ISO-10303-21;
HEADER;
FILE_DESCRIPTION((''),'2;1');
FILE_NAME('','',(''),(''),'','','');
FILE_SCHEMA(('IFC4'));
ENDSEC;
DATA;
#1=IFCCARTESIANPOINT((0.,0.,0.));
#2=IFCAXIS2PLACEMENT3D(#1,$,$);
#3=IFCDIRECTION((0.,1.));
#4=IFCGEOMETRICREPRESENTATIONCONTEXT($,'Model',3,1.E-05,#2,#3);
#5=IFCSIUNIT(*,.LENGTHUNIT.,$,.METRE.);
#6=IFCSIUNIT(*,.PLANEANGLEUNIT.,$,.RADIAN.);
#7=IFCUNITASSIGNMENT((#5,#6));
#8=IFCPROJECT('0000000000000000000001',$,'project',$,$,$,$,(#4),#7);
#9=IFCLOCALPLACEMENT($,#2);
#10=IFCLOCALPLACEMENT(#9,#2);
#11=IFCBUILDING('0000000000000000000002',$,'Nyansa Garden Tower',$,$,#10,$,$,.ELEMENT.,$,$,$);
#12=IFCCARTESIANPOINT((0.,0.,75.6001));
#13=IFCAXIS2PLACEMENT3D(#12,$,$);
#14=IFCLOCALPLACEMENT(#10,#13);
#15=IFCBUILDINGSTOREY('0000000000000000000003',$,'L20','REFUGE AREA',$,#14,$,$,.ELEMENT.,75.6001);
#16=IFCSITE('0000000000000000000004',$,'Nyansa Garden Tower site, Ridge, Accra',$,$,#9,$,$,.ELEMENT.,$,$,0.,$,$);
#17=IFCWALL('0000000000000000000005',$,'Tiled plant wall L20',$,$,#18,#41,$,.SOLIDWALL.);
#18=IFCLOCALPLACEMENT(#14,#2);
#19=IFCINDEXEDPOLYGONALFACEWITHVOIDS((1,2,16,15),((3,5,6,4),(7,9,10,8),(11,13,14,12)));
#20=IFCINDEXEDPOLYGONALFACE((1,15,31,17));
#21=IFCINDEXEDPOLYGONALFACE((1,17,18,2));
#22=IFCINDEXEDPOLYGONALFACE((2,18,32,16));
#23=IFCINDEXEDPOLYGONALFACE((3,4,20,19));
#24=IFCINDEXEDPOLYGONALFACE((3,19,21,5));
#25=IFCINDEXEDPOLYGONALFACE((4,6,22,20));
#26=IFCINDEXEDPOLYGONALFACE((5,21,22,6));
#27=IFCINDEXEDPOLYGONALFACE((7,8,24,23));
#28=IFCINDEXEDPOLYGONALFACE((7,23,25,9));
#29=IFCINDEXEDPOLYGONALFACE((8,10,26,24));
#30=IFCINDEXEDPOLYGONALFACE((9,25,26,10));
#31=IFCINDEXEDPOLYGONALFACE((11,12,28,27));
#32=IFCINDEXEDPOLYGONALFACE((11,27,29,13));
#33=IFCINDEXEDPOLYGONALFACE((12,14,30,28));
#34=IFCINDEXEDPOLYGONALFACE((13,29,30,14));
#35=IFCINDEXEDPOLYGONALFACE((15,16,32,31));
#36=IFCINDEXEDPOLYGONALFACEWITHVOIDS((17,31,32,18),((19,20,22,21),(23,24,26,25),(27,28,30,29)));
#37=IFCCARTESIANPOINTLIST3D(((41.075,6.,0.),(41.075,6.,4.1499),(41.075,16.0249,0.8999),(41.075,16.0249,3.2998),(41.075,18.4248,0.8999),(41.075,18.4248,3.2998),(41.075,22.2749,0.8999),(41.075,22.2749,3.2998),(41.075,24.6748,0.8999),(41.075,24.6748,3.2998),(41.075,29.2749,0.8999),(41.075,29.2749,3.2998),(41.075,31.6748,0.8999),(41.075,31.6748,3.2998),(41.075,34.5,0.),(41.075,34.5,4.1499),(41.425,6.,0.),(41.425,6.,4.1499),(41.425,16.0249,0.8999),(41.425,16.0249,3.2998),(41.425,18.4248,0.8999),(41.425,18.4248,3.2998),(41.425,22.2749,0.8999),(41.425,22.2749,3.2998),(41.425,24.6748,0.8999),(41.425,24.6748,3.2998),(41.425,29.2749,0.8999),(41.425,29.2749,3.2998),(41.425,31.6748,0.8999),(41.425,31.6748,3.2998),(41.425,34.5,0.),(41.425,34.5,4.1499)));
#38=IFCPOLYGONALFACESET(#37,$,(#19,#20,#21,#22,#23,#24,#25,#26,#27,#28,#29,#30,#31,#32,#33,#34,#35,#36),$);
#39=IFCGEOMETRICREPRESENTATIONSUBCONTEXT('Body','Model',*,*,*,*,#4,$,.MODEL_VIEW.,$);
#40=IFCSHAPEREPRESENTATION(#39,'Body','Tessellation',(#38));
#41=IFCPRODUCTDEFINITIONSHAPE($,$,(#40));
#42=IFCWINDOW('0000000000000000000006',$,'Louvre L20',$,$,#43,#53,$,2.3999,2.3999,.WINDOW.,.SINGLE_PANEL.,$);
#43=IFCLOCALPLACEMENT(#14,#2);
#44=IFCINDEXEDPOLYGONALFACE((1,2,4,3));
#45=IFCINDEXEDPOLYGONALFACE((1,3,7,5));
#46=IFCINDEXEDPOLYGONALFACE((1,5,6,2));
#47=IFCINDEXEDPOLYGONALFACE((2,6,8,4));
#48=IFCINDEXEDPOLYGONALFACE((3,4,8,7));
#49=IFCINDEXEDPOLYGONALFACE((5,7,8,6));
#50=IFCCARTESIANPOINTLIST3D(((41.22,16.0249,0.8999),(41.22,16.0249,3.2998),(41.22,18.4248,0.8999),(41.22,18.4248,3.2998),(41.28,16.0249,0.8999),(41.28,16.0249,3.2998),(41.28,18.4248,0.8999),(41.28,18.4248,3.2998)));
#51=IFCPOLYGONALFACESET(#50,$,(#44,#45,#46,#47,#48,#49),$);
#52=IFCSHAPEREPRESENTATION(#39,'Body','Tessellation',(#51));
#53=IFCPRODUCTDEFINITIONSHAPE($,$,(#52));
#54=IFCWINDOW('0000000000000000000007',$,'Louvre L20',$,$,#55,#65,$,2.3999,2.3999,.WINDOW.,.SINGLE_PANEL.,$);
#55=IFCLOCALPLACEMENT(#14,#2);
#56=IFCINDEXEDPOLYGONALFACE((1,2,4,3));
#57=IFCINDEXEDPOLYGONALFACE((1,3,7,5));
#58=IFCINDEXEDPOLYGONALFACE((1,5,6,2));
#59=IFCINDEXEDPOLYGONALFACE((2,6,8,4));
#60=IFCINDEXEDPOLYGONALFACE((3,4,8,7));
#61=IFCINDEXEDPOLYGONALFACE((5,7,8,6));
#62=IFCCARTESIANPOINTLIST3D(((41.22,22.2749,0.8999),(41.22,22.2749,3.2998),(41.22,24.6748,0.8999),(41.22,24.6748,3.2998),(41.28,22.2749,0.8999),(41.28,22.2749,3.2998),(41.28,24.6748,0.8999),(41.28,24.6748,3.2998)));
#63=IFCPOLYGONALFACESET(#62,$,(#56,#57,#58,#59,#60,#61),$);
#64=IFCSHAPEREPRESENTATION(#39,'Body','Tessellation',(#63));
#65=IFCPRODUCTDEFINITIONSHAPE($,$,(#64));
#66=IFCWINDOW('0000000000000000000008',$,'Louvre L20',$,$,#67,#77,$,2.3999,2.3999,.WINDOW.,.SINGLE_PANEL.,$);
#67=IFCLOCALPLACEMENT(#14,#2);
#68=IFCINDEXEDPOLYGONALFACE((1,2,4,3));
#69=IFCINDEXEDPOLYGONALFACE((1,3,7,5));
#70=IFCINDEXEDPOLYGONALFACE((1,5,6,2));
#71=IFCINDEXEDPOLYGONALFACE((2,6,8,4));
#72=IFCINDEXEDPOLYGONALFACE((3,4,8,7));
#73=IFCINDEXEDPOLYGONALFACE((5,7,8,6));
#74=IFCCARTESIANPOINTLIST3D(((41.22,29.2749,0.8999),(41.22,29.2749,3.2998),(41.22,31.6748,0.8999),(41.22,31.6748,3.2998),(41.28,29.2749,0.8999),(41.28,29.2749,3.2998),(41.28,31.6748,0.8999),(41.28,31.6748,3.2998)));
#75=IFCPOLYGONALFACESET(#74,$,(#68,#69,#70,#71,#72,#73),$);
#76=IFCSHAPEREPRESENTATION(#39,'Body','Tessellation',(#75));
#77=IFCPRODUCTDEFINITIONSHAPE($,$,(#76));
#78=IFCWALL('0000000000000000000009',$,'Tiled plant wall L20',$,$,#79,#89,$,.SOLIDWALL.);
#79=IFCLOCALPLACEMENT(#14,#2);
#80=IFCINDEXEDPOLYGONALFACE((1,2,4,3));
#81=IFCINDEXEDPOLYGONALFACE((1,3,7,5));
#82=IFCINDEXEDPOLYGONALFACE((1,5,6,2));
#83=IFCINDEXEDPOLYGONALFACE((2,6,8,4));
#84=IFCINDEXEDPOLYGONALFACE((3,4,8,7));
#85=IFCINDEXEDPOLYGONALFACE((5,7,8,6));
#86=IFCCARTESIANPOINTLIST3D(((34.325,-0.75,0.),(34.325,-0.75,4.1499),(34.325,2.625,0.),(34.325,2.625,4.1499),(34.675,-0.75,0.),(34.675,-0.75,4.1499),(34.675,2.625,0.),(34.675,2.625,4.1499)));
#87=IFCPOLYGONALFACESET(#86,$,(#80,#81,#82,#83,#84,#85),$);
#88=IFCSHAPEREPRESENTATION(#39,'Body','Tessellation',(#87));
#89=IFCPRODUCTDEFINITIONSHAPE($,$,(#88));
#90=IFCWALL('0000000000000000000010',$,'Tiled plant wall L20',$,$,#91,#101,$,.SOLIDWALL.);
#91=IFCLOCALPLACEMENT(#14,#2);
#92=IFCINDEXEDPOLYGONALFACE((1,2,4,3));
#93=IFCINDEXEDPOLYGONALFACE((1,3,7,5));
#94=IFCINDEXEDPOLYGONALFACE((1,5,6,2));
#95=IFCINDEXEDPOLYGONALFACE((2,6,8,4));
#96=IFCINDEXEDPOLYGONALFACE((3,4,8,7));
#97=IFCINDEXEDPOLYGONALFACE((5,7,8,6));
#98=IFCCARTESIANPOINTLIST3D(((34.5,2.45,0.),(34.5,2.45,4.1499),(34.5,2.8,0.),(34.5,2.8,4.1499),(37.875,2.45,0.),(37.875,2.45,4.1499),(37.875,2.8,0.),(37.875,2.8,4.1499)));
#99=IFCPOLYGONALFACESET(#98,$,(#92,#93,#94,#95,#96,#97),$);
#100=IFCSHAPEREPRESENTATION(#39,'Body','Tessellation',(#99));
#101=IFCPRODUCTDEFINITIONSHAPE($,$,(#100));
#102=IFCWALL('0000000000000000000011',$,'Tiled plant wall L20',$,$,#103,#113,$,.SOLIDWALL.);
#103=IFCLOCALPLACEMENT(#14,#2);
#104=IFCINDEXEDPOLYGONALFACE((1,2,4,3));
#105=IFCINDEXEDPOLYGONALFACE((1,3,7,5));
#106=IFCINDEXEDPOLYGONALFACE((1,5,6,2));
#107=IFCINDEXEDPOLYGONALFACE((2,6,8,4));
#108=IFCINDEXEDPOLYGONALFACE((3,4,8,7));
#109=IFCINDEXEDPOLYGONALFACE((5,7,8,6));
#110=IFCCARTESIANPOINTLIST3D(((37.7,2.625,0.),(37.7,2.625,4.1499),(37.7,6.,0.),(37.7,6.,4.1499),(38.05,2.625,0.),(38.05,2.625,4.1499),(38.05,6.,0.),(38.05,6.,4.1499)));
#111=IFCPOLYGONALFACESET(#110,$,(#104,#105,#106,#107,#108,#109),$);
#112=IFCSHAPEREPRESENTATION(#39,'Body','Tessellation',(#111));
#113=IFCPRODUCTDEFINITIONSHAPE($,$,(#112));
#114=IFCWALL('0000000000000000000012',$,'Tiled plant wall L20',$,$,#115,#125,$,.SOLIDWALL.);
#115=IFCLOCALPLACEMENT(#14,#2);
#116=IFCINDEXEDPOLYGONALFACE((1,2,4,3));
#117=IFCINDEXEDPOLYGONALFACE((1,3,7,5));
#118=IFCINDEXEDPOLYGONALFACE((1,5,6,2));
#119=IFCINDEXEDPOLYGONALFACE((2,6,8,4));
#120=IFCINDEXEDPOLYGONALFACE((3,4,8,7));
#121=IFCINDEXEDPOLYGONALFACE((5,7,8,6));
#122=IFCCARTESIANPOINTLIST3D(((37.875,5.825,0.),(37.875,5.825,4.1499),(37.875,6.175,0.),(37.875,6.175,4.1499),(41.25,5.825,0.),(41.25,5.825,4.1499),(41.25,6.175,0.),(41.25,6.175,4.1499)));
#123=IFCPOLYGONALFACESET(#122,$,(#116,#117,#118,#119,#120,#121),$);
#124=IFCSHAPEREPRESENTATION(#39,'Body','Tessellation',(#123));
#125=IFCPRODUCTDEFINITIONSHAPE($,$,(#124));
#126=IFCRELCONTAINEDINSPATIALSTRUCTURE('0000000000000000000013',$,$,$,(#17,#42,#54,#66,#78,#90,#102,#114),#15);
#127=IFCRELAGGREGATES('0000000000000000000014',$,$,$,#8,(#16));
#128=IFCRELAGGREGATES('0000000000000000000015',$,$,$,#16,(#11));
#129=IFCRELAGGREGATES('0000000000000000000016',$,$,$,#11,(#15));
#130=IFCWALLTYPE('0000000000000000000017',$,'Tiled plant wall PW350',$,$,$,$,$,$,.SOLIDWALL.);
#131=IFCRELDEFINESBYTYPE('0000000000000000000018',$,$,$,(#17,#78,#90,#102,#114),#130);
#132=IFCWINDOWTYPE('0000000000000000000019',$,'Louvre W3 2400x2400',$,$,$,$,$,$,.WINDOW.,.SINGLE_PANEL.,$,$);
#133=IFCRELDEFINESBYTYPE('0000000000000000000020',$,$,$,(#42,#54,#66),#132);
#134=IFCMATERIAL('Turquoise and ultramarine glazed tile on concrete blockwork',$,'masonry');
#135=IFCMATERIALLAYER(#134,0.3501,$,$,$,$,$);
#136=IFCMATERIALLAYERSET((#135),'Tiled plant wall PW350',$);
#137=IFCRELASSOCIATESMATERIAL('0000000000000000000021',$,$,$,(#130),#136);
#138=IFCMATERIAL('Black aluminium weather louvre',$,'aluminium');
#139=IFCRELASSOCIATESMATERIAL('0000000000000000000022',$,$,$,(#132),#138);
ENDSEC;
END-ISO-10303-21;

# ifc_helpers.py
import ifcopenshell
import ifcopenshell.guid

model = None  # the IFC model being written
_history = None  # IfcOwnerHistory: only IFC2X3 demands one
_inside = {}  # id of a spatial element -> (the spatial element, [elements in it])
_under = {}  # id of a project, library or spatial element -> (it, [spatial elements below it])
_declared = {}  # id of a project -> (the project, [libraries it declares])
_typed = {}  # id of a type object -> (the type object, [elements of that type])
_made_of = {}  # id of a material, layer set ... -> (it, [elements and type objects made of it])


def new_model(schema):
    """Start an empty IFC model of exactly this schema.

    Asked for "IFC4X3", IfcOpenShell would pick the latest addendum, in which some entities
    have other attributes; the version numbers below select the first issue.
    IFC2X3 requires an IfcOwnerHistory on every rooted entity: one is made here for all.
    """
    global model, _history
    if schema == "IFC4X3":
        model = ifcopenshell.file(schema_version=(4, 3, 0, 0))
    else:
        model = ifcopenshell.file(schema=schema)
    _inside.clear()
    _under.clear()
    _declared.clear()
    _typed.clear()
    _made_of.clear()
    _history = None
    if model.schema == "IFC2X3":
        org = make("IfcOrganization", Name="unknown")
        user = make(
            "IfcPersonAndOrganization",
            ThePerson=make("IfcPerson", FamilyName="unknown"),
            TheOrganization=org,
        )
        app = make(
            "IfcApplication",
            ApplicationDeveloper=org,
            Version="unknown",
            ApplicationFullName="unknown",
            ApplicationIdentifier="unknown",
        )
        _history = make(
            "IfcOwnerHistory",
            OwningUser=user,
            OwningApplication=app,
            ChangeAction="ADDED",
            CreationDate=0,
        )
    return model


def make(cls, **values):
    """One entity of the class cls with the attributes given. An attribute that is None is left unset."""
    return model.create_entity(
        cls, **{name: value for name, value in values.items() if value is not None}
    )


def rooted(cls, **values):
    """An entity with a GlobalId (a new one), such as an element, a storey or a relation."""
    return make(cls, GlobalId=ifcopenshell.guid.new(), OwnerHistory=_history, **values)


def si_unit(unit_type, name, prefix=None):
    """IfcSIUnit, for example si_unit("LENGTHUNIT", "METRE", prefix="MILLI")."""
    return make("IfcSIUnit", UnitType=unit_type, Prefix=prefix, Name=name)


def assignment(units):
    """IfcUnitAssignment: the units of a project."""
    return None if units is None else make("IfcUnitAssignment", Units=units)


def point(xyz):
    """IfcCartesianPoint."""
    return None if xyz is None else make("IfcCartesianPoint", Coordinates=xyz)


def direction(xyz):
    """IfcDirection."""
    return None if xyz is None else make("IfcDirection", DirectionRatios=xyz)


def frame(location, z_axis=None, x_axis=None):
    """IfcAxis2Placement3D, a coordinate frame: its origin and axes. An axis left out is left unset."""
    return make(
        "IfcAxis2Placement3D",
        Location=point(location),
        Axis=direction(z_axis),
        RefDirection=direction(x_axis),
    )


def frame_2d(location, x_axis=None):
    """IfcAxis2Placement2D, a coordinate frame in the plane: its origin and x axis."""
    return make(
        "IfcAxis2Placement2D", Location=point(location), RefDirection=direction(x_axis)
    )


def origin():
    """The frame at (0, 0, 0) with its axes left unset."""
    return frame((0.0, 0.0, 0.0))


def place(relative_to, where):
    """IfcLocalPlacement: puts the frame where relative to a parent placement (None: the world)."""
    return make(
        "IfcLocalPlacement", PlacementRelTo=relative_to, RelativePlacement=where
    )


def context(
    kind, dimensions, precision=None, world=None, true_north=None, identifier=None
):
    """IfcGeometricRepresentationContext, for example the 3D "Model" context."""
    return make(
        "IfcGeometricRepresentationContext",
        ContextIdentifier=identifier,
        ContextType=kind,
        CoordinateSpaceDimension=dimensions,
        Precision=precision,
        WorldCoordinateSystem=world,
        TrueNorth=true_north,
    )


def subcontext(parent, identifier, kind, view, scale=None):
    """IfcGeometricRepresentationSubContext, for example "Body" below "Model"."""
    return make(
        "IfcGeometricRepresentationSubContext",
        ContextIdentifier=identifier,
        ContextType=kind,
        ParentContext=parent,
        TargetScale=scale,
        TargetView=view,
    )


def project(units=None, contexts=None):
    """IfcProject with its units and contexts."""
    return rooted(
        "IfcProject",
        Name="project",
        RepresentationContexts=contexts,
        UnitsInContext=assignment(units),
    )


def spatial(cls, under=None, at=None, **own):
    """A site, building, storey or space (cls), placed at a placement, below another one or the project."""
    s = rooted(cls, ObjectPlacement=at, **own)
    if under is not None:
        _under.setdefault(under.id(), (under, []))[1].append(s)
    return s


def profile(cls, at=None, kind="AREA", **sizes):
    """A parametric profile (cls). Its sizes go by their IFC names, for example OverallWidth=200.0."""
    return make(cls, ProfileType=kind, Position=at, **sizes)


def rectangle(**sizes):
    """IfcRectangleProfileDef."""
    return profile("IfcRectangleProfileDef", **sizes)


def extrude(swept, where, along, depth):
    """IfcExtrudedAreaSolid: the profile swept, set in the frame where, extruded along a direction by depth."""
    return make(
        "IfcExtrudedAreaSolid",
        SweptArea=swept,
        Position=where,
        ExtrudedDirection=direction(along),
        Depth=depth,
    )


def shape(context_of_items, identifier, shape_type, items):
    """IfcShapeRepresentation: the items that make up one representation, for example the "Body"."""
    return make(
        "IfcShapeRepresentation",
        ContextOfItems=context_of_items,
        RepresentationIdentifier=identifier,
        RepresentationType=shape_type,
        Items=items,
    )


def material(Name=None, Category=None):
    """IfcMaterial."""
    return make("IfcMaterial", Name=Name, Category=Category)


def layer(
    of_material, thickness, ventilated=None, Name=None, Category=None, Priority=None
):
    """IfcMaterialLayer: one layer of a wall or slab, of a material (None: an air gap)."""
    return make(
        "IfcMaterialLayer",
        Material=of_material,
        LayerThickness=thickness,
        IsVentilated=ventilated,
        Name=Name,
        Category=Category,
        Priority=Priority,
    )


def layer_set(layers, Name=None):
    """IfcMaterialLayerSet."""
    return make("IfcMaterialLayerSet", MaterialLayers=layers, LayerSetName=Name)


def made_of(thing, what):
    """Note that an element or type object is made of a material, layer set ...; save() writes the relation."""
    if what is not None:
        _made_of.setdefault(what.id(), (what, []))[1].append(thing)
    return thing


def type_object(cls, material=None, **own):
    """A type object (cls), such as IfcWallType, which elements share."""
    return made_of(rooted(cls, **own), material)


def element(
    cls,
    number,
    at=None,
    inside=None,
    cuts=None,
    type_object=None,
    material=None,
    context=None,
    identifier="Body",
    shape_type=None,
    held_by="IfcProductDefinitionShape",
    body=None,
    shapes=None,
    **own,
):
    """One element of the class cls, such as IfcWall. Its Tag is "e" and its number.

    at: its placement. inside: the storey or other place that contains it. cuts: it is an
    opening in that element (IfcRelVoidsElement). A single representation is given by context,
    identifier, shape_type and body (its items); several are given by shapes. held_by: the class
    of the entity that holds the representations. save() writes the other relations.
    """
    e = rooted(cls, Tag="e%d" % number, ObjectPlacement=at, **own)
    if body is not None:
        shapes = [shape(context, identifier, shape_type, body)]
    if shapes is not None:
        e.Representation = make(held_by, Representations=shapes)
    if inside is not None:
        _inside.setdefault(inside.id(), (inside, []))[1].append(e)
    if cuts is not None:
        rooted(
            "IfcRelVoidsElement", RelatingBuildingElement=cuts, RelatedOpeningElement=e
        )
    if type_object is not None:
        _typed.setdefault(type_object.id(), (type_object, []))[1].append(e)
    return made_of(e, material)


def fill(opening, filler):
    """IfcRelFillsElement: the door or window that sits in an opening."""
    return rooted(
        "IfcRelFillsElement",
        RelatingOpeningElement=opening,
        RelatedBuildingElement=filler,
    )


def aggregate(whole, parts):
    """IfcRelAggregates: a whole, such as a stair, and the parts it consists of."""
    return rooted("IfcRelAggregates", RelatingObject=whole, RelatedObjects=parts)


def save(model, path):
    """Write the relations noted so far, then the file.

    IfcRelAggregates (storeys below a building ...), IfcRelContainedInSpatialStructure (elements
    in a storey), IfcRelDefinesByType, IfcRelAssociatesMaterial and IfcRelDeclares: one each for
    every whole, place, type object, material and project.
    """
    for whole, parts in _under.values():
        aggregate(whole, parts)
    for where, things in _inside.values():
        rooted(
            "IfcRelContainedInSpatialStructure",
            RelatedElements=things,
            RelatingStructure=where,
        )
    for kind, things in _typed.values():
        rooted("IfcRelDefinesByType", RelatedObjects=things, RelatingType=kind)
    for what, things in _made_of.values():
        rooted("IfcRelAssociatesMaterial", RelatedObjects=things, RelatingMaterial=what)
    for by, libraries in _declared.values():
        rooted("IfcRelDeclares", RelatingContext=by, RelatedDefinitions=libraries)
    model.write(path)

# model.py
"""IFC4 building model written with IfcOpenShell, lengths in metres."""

from ifc_helpers import new_model, si_unit, direction, frame, frame_2d, origin, place, context, subcontext, project, spatial, rectangle, extrude, material, layer, layer_set, type_object, element, fill, save


model = new_model("IFC4")

# Units and contexts
model_context = context("Model", 3, precision=1e-05, world=origin(), true_north=direction((0.0, 1.0)))
body_context = subcontext(model_context, "Body", "Model", "MODEL_VIEW")
ifc_project = project(units=[si_unit("LENGTHUNIT", "METRE"), si_unit("PLANEANGLEUNIT", "RADIAN")], contexts=[model_context])

# Site, building, storey
site_placement = place(None, origin())
site = spatial("IfcSite", under=ifc_project, at=site_placement, Name="Nyansa Garden Tower site, Ridge, Accra", CompositionType="ELEMENT", RefElevation=0.0)
building_placement = place(site_placement, origin())
building = spatial("IfcBuilding", under=site, at=building_placement, Name="Nyansa Garden Tower", CompositionType="ELEMENT")
storey_placement = place(building_placement, frame((0.0, 0.0, 75.6001)))
storey = spatial("IfcBuildingStorey", under=building, at=storey_placement, Name="L20", Description="REFUGE AREA", CompositionType="ELEMENT", Elevation=75.6001)

# Wall, openings, windows
ifc_material_1 = material(Name="Turquoise and ultramarine glazed tile on concrete blockwork", Category="masonry")
ifc_layer = layer(ifc_material_1, 0.3501)
ifc_layer_set = layer_set([ifc_layer], Name="Tiled plant wall PW350")
wall_type = type_object("IfcWallType", Name="Tiled plant wall PW350", PredefinedType="SOLIDWALL", material=ifc_layer_set)
wall_placement = place(storey_placement, frame((41.25, 6.0, 0.0), z_axis=(0.0, 0.0, 1.0), x_axis=(0.0, 1.0, 0.0)))
wall = element("IfcWall", 1, at=wall_placement, inside=storey, type_object=wall_type, Name="Tiled plant wall L20", PredefinedType="SOLIDWALL", context=body_context, shape_type="SweptSolid", body=[
    extrude(rectangle(XDim=28.5, YDim=0.3501, at=frame_2d((14.25, 0.0))), origin(), (0.0, 0.0, 1.0), 4.1499),
])
opening_1_placement = place(wall_placement, frame((10.0249, 0.0, 0.8999)))
opening_1 = element("IfcOpeningElement", 2, at=opening_1_placement, cuts=wall, PredefinedType="OPENING", context=body_context, shape_type="SweptSolid", body=[
    extrude(rectangle(XDim=2.3999, YDim=2.3999, at=frame_2d((1.2, 1.2))), frame((0.0, 0.1851, 0.0), z_axis=(0.0, -1.0, 0.0), x_axis=(1.0, 0.0, 0.0)), (0.0, 0.0, 1.0), 0.3701),
])
opening_2_placement = place(wall_placement, frame((16.2749, 0.0, 0.8999)))
opening_2 = element("IfcOpeningElement", 3, at=opening_2_placement, cuts=wall, PredefinedType="OPENING", context=body_context, shape_type="SweptSolid", body=[
    extrude(rectangle(XDim=2.3999, YDim=2.3999, at=frame_2d((1.2, 1.2))), frame((0.0, 0.1851, 0.0), z_axis=(0.0, -1.0, 0.0), x_axis=(1.0, 0.0, 0.0)), (0.0, 0.0, 1.0), 0.3701),
])
opening_3_placement = place(wall_placement, frame((23.2749, 0.0, 0.8999)))
opening_3 = element("IfcOpeningElement", 4, at=opening_3_placement, cuts=wall, PredefinedType="OPENING", context=body_context, shape_type="SweptSolid", body=[
    extrude(rectangle(XDim=2.3999, YDim=2.3999, at=frame_2d((1.2, 1.2))), frame((0.0, 0.1851, 0.0), z_axis=(0.0, -1.0, 0.0), x_axis=(1.0, 0.0, 0.0)), (0.0, 0.0, 1.0), 0.3701),
])
ifc_material_2 = material(Name="Black aluminium weather louvre", Category="aluminium")
window_type = type_object("IfcWindowType", Name="Louvre W3 2400x2400", PartitioningType="SINGLE_PANEL", PredefinedType="WINDOW", material=ifc_material_2)
window_1_placement = place(opening_1_placement, origin())
window_1 = element("IfcWindow", 5, at=window_1_placement, inside=storey, type_object=window_type, Name="Louvre L20", OverallHeight=2.3999, OverallWidth=2.3999, PartitioningType="SINGLE_PANEL", PredefinedType="WINDOW", context=body_context, shape_type="SweptSolid", body=[
    extrude(rectangle(XDim=2.3999, YDim=2.3999, at=frame_2d((1.2, 1.2))), frame((0.0, 0.03, 0.0), z_axis=(0.0, -1.0, 0.0), x_axis=(1.0, 0.0, 0.0)), (0.0, 0.0, 1.0), 0.0601),
])
fill(opening_1, window_1)
window_2_placement = place(opening_2_placement, origin())
window_2 = element("IfcWindow", 6, at=window_2_placement, inside=storey, type_object=window_type, Name="Louvre L20", OverallHeight=2.3999, OverallWidth=2.3999, PartitioningType="SINGLE_PANEL", PredefinedType="WINDOW", context=body_context, shape_type="SweptSolid", body=[
    extrude(rectangle(XDim=2.3999, YDim=2.3999, at=frame_2d((1.2, 1.2))), frame((0.0, 0.03, 0.0), z_axis=(0.0, -1.0, 0.0), x_axis=(1.0, 0.0, 0.0)), (0.0, 0.0, 1.0), 0.0601),
])
fill(opening_2, window_2)
window_3_placement = place(opening_3_placement, origin())
window_3 = element("IfcWindow", 7, at=window_3_placement, inside=storey, type_object=window_type, Name="Louvre L20", OverallHeight=2.3999, OverallWidth=2.3999, PartitioningType="SINGLE_PANEL", PredefinedType="WINDOW", context=body_context, shape_type="SweptSolid", body=[
    extrude(rectangle(XDim=2.3999, YDim=2.3999, at=frame_2d((1.2, 1.2))), frame((0.0, 0.03, 0.0), z_axis=(0.0, -1.0, 0.0), x_axis=(1.0, 0.0, 0.0)), (0.0, 0.0, 1.0), 0.0601),
])
fill(opening_3, window_3)

# Walls
for number, where, z_axis, x_axis, name in (
    (8, (34.5, -0.75, 0.0), (0.0, 0.0, 1.0), (0.0, 1.0, 0.0), "Tiled plant wall L20"),
    (9, (34.5, 2.625, 0.0), (0.0, 0.0, 1.0), (1.0, 0.0, 0.0), "Tiled plant wall L20"),
    (10, (37.875, 2.625, 0.0), (0.0, 0.0, 1.0), (0.0, 1.0, 0.0), "Tiled plant wall L20"),
    (11, (37.875, 6.0, 0.0), (0.0, 0.0, 1.0), (1.0, 0.0, 0.0), "Tiled plant wall L20"),
):
    element("IfcWall", number, at=place(storey_placement, frame(where, z_axis=z_axis, x_axis=x_axis)), inside=storey, type_object=wall_type, Name=name, PredefinedType="SOLIDWALL", context=body_context, shape_type="SweptSolid", body=[
        extrude(rectangle(XDim=3.375, YDim=0.3501, at=frame_2d((1.6875, 0.0))), origin(), (0.0, 0.0, 1.0), 4.1499),
    ])

save(model, "model.ifc")
